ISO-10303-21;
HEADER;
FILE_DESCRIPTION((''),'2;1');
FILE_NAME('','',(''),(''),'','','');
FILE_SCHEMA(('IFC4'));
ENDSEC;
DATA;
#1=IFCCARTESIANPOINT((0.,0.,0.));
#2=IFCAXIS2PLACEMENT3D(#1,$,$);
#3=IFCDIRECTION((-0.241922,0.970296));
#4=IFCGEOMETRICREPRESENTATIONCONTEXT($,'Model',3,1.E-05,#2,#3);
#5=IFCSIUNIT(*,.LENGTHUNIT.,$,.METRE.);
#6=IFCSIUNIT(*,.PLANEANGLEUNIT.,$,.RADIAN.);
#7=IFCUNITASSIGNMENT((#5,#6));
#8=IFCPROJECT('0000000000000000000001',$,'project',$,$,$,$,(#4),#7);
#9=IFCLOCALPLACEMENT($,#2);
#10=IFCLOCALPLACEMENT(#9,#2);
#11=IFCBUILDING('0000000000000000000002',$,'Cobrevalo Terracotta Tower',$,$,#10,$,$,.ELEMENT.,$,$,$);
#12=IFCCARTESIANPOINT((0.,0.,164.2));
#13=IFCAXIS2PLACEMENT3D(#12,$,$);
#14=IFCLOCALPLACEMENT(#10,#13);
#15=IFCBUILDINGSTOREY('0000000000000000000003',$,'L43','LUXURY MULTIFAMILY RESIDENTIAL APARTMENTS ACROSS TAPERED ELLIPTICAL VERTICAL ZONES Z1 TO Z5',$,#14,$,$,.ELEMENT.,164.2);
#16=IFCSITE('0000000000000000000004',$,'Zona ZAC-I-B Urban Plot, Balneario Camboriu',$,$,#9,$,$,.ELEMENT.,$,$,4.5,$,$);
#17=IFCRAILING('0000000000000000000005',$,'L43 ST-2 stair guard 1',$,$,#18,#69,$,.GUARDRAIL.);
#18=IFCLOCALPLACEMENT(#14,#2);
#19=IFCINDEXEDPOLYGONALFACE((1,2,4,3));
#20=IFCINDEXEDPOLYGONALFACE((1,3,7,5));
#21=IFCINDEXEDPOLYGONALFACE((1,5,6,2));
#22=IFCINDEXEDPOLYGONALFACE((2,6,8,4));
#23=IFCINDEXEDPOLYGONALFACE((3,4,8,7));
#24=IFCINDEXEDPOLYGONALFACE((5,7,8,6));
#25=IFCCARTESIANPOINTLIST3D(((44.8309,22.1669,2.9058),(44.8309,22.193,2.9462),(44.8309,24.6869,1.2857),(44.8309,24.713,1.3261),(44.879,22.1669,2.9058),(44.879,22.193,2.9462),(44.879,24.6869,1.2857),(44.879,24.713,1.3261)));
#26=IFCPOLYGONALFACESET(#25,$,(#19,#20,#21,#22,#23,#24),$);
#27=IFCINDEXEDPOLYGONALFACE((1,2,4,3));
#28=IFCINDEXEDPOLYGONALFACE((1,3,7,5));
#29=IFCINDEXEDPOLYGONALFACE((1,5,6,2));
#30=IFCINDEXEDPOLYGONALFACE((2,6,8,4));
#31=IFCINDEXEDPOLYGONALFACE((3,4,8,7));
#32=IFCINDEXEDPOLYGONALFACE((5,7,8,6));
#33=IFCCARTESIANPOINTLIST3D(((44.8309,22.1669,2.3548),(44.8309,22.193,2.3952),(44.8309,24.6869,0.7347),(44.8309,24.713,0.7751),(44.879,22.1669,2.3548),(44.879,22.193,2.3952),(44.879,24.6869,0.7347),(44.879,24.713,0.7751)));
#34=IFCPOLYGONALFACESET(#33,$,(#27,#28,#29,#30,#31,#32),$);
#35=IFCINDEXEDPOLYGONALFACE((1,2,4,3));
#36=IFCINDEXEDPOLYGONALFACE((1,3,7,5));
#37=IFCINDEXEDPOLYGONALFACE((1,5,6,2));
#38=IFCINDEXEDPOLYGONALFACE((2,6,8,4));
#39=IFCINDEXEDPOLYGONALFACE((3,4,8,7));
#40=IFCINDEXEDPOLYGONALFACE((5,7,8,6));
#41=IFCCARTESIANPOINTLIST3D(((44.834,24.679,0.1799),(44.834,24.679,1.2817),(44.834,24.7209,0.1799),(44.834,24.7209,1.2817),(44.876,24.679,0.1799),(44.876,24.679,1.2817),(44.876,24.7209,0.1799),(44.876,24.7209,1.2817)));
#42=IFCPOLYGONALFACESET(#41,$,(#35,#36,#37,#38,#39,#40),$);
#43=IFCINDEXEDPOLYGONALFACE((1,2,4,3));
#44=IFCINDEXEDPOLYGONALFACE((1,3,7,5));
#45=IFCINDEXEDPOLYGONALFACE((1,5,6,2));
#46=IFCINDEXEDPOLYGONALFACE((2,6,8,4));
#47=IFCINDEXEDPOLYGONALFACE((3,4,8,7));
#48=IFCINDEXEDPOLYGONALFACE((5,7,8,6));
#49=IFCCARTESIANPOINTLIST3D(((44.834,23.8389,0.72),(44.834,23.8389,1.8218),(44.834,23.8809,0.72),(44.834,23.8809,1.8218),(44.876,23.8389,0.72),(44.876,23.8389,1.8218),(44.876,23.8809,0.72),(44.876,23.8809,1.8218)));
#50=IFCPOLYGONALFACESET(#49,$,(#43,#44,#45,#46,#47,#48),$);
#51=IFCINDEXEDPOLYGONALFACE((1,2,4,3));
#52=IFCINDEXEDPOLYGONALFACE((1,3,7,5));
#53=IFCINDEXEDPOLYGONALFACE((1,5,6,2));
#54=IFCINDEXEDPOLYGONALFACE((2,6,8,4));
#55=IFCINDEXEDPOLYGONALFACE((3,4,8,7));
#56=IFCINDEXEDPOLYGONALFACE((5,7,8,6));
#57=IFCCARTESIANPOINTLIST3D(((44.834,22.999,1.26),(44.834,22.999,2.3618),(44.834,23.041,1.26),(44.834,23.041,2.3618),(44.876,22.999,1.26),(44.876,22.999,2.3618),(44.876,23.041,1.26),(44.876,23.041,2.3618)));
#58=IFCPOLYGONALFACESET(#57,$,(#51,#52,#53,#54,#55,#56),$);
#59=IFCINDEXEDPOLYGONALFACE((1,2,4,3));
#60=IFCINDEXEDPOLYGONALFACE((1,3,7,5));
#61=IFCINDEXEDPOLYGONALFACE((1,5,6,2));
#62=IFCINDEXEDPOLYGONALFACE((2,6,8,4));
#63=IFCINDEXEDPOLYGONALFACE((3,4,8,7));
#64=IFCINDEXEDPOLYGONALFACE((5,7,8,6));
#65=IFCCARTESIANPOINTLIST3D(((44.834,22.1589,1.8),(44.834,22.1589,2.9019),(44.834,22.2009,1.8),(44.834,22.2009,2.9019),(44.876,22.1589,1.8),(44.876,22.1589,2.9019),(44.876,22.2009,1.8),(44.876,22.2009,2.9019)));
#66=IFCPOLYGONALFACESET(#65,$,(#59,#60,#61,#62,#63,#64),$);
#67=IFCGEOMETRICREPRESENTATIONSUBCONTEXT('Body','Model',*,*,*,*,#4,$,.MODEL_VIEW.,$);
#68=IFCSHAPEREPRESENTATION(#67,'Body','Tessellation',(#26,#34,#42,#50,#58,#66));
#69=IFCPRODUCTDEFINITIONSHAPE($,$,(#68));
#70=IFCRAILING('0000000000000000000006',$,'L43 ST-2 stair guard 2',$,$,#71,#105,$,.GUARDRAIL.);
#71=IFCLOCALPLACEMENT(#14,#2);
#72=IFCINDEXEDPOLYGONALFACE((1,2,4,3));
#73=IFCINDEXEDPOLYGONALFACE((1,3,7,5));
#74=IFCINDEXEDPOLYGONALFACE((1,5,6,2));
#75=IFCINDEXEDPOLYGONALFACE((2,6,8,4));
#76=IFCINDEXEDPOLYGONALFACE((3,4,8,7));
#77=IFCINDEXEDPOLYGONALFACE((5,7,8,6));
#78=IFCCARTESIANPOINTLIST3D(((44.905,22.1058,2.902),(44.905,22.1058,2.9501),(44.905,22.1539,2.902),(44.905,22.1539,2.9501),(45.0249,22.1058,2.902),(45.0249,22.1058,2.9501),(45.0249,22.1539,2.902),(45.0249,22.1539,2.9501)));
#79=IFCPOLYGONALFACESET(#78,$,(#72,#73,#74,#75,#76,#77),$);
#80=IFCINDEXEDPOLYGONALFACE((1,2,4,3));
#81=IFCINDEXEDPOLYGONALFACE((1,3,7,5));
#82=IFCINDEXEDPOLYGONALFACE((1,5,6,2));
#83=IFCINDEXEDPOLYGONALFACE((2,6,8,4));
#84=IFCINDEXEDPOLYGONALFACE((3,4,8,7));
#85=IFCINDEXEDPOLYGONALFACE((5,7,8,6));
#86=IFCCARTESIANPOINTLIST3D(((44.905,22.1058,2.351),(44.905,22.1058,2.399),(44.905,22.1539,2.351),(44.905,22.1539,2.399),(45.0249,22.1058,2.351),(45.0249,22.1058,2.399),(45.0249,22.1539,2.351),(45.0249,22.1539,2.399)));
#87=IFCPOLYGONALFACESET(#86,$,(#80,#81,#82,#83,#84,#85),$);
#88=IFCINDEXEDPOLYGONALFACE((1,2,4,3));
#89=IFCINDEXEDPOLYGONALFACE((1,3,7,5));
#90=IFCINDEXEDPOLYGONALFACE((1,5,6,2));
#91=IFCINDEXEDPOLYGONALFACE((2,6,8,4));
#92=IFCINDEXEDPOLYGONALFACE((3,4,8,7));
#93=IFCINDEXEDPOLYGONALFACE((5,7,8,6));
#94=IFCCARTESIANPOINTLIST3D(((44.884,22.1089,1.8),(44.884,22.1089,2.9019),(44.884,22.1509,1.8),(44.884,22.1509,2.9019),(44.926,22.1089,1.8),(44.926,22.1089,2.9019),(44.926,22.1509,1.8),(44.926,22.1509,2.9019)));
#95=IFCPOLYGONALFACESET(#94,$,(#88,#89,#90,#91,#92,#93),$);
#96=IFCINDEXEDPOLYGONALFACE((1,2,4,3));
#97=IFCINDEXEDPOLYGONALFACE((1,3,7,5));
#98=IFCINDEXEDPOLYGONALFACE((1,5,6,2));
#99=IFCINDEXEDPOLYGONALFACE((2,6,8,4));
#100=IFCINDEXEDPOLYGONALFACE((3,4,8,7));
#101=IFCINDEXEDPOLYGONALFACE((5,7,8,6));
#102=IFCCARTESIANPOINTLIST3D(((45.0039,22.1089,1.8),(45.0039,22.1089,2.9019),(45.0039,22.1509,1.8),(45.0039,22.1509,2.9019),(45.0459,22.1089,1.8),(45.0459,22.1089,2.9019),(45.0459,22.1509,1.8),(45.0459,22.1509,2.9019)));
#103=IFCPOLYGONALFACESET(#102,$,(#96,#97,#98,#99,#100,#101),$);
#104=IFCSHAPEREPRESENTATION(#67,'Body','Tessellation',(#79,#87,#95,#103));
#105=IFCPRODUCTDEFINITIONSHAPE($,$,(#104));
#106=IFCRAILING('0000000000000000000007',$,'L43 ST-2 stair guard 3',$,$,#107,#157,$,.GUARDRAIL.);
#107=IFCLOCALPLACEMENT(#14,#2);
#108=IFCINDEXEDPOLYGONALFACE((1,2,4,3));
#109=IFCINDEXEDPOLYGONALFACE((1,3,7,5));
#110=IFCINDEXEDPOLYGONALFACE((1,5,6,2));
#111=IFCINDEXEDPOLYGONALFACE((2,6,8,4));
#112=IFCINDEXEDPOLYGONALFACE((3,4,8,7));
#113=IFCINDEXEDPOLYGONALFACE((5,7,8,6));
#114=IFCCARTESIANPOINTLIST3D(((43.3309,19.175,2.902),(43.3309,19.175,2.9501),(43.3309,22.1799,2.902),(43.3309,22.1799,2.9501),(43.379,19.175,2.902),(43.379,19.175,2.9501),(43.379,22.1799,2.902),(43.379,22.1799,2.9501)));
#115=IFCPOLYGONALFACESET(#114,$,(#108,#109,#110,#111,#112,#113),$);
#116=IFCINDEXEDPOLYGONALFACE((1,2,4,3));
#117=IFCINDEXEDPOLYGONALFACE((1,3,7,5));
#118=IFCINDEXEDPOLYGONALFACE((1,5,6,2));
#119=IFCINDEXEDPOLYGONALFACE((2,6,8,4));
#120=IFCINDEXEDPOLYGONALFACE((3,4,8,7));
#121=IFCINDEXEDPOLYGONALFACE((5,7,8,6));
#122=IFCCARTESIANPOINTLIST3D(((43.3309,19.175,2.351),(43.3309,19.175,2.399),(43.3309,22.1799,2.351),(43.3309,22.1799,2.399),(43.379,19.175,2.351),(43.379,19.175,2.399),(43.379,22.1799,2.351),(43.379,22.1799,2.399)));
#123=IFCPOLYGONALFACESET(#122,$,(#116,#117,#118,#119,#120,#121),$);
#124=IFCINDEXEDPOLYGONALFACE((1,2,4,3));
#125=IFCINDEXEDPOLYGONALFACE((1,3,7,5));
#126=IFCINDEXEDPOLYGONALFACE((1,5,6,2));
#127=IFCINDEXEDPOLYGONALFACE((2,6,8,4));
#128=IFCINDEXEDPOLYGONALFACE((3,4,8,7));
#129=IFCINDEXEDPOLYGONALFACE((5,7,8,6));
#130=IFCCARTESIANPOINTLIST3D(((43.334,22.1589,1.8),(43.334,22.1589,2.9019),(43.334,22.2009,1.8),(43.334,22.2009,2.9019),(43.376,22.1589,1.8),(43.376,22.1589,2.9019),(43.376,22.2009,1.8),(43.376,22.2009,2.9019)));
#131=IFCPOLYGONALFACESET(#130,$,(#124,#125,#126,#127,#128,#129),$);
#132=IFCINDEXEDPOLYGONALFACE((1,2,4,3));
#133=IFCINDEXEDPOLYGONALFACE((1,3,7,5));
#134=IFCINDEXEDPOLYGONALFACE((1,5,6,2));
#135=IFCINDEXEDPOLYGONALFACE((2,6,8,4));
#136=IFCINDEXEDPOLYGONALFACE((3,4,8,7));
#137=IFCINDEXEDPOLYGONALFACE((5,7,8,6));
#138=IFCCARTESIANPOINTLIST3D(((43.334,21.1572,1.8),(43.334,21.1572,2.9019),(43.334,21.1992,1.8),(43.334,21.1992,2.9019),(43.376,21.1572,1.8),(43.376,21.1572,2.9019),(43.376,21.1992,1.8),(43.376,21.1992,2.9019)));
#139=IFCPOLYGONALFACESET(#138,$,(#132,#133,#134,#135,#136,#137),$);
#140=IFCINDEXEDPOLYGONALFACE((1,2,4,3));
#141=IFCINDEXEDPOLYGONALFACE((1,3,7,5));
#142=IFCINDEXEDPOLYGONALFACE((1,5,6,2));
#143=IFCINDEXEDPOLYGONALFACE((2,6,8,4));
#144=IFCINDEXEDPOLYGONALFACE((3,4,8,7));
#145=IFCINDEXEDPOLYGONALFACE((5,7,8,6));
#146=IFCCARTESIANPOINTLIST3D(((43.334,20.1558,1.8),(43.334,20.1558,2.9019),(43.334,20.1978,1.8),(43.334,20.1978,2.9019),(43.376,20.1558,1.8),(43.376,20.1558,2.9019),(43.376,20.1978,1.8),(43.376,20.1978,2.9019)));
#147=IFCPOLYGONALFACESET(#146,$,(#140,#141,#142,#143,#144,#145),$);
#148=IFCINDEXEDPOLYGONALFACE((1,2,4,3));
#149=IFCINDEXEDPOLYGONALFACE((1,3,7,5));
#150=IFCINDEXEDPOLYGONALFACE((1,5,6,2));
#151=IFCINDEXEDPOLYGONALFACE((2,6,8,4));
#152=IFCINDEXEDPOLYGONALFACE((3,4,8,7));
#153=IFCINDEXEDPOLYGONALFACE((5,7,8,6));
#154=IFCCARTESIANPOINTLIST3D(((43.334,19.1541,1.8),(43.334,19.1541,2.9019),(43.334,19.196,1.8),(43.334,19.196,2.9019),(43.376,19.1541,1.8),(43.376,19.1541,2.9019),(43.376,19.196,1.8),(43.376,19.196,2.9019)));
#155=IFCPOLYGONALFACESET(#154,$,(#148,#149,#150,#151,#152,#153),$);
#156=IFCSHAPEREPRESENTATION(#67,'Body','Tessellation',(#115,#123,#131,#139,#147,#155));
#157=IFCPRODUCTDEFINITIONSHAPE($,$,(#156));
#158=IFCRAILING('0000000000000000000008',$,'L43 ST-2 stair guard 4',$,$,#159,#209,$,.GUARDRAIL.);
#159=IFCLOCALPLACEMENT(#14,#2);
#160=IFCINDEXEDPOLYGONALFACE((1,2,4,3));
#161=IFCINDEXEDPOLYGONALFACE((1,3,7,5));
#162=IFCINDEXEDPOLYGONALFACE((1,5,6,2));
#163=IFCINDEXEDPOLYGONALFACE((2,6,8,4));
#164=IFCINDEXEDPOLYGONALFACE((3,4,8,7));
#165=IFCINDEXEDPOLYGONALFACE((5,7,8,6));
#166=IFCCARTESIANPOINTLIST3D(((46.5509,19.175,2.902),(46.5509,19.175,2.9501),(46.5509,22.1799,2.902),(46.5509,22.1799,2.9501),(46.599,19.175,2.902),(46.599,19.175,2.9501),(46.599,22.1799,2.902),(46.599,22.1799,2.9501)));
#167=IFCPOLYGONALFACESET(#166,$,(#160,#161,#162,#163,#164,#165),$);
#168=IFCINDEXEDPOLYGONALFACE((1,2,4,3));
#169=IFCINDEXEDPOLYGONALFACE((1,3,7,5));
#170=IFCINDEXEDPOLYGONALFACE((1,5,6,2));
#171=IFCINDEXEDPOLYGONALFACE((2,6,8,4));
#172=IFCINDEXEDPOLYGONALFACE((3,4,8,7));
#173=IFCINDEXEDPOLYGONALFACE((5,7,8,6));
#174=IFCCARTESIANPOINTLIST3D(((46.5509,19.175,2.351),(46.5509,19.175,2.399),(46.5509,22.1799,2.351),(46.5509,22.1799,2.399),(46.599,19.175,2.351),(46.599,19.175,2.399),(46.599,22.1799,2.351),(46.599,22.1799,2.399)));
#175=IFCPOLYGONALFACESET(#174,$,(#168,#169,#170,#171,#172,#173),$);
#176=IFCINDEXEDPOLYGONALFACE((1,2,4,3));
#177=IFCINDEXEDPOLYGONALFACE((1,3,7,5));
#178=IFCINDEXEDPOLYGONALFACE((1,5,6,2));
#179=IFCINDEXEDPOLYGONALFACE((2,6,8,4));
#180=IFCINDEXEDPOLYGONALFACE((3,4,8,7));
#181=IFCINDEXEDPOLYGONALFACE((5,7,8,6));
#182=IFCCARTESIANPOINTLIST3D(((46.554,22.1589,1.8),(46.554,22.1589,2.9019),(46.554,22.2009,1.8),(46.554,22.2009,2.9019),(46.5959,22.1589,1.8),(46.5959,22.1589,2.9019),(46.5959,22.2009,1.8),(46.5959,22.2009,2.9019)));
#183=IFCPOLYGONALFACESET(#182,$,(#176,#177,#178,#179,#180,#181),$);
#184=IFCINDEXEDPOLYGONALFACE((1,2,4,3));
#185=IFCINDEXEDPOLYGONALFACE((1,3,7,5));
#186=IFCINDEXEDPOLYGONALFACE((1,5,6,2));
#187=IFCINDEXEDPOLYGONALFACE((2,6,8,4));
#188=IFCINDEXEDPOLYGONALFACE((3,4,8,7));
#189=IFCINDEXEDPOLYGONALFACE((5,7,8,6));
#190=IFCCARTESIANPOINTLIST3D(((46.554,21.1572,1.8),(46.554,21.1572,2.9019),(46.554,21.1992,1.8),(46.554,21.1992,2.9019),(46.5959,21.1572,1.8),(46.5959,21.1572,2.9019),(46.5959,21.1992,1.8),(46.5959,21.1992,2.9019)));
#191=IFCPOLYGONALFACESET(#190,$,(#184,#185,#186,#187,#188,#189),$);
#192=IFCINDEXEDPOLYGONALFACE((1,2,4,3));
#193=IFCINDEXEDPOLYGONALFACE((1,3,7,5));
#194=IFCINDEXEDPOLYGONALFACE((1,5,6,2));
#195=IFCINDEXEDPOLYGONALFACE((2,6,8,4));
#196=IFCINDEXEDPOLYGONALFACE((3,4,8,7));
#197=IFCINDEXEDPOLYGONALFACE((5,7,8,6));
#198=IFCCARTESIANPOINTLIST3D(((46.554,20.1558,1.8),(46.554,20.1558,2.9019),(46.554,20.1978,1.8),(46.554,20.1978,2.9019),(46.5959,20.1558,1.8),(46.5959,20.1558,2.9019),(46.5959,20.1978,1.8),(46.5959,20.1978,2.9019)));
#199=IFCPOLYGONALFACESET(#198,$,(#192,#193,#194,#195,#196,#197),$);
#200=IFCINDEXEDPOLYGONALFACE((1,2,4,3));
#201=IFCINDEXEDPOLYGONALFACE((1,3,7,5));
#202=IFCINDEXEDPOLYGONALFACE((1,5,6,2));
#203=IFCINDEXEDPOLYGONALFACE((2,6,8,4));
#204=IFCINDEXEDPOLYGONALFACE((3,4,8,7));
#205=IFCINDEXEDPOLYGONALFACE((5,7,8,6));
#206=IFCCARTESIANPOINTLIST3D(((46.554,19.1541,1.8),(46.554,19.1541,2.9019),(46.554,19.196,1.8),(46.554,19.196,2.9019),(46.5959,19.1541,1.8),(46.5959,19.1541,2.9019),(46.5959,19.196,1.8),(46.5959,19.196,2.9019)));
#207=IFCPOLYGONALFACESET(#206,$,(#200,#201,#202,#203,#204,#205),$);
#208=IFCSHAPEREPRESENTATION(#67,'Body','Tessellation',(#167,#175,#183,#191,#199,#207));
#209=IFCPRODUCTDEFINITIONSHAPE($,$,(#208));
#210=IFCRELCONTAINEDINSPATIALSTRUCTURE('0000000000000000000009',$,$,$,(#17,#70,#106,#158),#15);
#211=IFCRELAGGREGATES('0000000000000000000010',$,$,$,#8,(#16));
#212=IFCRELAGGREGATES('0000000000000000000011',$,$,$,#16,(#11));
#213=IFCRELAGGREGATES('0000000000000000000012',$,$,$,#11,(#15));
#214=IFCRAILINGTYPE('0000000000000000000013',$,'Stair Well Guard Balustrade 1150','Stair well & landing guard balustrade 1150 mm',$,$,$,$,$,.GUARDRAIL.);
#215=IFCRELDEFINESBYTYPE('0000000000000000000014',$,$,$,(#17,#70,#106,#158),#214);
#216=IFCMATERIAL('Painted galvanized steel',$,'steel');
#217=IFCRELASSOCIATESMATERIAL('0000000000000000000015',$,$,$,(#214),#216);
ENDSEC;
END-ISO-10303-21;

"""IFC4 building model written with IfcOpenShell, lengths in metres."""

from ifc_helpers import new_model, si_unit, direction, frame, origin, origin_2d, place, context, subcontext, project, spatial, rectangle, extrude, material, type_object, element, save


model = new_model("IFC4")

# Units and contexts
model_context = context("Model", 3, precision=1e-05, world=origin(), true_north=direction((-0.241922, 0.970296)))
body_context = subcontext(model_context, "Body", "Model", "MODEL_VIEW")
ifc_project = project(units=[si_unit("LENGTHUNIT", "METRE"), si_unit("PLANEANGLEUNIT", "RADIAN")], contexts=[model_context])

# Site, building, storey
site_placement = place(None, origin())
site = spatial("IfcSite", under=ifc_project, at=site_placement, Name="Zona ZAC-I-B Urban Plot, Balneario Camboriu", CompositionType="ELEMENT", RefElevation=4.5)
building_placement = place(site_placement, origin())
building = spatial("IfcBuilding", under=site, at=building_placement, Name="Cobrevalo Terracotta Tower", CompositionType="ELEMENT")
storey_placement = place(building_placement, frame((0.0, 0.0, 164.2)))
storey = spatial("IfcBuildingStorey", under=building, at=storey_placement, Name="L43", Description="LUXURY MULTIFAMILY RESIDENTIAL APARTMENTS ACROSS TAPERED ELLIPTICAL VERTICAL ZONES Z1 TO Z5", CompositionType="ELEMENT", Elevation=164.2)

# Railings
ifc_material_1 = material(Name="Painted galvanized steel", Category="steel")
railing_type_1 = type_object("IfcRailingType", Name="Stair Well Guard Balustrade 1150", Description="Stair well & landing guard balustrade 1150 mm", PredefinedType="GUARDRAIL", material=ifc_material_1)
railing_1_placement = place(storey_placement, frame((44.855, 24.7, 0.1799)))
element("IfcRailing", 1, at=railing_1_placement, inside=storey, type_object=railing_type_1, Name="L43 ST-2 stair guard 1", PredefinedType="GUARDRAIL", context=body_context, shape_type="SweptSolid", body=[
    extrude(rectangle(XDim=0.0481, YDim=0.0481, at=origin_2d()), frame((0.0, 0.0, 1.126), z_axis=(0.0, -0.841163, 0.540782), x_axis=(1.0, 0.0, 0.0)), (0.0, 0.0, 1.0), 2.9958),
    extrude(rectangle(XDim=0.0481, YDim=0.0481, at=origin_2d()), frame((0.0, 0.0, 0.575), z_axis=(0.0, -0.841163, 0.540782), x_axis=(1.0, 0.0, 0.0)), (0.0, 0.0, 1.0), 2.9958),
    extrude(rectangle(XDim=0.042, YDim=0.042, at=origin_2d()), origin(), (0.0, 0.0, 1.0), 1.1018),
    extrude(rectangle(XDim=0.042, YDim=0.042, at=origin_2d()), frame((0.0, -0.8401, 0.54)), (0.0, 0.0, 1.0), 1.1018),
    extrude(rectangle(XDim=0.042, YDim=0.042, at=origin_2d()), frame((0.0, -1.6799, 1.0801)), (0.0, 0.0, 1.0), 1.1018),
    extrude(rectangle(XDim=0.042, YDim=0.042, at=origin_2d()), frame((0.0, -2.52, 1.6201)), (0.0, 0.0, 1.0), 1.1018),
])
railing_2_placement = place(storey_placement, frame((44.905, 22.1299, 1.8)))
element("IfcRailing", 2, at=railing_2_placement, inside=storey, type_object=railing_type_1, Name="L43 ST-2 stair guard 2", PredefinedType="GUARDRAIL", context=body_context, shape_type="SweptSolid", body=[
    extrude(rectangle(XDim=0.0481, YDim=0.0481, at=origin_2d()), frame((0.0, 0.0, 1.126), z_axis=(1.0, 0.0, 0.0), x_axis=(0.0, 1.0, 0.0)), (0.0, 0.0, 1.0), 0.1199),
    extrude(rectangle(XDim=0.0481, YDim=0.0481, at=origin_2d()), frame((0.0, 0.0, 0.575), z_axis=(1.0, 0.0, 0.0), x_axis=(0.0, 1.0, 0.0)), (0.0, 0.0, 1.0), 0.1199),
    extrude(rectangle(XDim=0.042, YDim=0.042, at=origin_2d()), origin(), (0.0, 0.0, 1.0), 1.1018),
    extrude(rectangle(XDim=0.042, YDim=0.042, at=origin_2d()), frame((0.1199, 0.0, 0.0)), (0.0, 0.0, 1.0), 1.1018),
])
for number, where, name in (
    (3, (43.355, 22.1799, 1.8), "L43 ST-2 stair guard 3"),
    (4, (46.575, 22.1799, 1.8), "L43 ST-2 stair guard 4"),
):
    element("IfcRailing", number, at=place(storey_placement, frame(where)), inside=storey, type_object=railing_type_1, Name=name, PredefinedType="GUARDRAIL", context=body_context, shape_type="SweptSolid", body=[
        extrude(rectangle(XDim=0.0481, YDim=0.0481, at=origin_2d()), frame((0.0, 0.0, 1.126), z_axis=(0.0, -1.0, 0.0), x_axis=(1.0, 0.0, 0.0)), (0.0, 0.0, 1.0), 3.0049),
        extrude(rectangle(XDim=0.0481, YDim=0.0481, at=origin_2d()), frame((0.0, 0.0, 0.575), z_axis=(0.0, -1.0, 0.0), x_axis=(1.0, 0.0, 0.0)), (0.0, 0.0, 1.0), 3.0049),
        extrude(rectangle(XDim=0.042, YDim=0.042, at=origin_2d()), origin(), (0.0, 0.0, 1.0), 1.1018),
        extrude(rectangle(XDim=0.042, YDim=0.042, at=origin_2d()), frame((0.0, -1.0017, 0.0)), (0.0, 0.0, 1.0), 1.1018),
        extrude(rectangle(XDim=0.042, YDim=0.042, at=origin_2d()), frame((0.0, -2.0032, 0.0)), (0.0, 0.0, 1.0), 1.1018),
        extrude(rectangle(XDim=0.042, YDim=0.042, at=origin_2d()), frame((0.0, -3.0049, 0.0)), (0.0, 0.0, 1.0), 1.1018),
    ])

save(model, "model.ifc")
